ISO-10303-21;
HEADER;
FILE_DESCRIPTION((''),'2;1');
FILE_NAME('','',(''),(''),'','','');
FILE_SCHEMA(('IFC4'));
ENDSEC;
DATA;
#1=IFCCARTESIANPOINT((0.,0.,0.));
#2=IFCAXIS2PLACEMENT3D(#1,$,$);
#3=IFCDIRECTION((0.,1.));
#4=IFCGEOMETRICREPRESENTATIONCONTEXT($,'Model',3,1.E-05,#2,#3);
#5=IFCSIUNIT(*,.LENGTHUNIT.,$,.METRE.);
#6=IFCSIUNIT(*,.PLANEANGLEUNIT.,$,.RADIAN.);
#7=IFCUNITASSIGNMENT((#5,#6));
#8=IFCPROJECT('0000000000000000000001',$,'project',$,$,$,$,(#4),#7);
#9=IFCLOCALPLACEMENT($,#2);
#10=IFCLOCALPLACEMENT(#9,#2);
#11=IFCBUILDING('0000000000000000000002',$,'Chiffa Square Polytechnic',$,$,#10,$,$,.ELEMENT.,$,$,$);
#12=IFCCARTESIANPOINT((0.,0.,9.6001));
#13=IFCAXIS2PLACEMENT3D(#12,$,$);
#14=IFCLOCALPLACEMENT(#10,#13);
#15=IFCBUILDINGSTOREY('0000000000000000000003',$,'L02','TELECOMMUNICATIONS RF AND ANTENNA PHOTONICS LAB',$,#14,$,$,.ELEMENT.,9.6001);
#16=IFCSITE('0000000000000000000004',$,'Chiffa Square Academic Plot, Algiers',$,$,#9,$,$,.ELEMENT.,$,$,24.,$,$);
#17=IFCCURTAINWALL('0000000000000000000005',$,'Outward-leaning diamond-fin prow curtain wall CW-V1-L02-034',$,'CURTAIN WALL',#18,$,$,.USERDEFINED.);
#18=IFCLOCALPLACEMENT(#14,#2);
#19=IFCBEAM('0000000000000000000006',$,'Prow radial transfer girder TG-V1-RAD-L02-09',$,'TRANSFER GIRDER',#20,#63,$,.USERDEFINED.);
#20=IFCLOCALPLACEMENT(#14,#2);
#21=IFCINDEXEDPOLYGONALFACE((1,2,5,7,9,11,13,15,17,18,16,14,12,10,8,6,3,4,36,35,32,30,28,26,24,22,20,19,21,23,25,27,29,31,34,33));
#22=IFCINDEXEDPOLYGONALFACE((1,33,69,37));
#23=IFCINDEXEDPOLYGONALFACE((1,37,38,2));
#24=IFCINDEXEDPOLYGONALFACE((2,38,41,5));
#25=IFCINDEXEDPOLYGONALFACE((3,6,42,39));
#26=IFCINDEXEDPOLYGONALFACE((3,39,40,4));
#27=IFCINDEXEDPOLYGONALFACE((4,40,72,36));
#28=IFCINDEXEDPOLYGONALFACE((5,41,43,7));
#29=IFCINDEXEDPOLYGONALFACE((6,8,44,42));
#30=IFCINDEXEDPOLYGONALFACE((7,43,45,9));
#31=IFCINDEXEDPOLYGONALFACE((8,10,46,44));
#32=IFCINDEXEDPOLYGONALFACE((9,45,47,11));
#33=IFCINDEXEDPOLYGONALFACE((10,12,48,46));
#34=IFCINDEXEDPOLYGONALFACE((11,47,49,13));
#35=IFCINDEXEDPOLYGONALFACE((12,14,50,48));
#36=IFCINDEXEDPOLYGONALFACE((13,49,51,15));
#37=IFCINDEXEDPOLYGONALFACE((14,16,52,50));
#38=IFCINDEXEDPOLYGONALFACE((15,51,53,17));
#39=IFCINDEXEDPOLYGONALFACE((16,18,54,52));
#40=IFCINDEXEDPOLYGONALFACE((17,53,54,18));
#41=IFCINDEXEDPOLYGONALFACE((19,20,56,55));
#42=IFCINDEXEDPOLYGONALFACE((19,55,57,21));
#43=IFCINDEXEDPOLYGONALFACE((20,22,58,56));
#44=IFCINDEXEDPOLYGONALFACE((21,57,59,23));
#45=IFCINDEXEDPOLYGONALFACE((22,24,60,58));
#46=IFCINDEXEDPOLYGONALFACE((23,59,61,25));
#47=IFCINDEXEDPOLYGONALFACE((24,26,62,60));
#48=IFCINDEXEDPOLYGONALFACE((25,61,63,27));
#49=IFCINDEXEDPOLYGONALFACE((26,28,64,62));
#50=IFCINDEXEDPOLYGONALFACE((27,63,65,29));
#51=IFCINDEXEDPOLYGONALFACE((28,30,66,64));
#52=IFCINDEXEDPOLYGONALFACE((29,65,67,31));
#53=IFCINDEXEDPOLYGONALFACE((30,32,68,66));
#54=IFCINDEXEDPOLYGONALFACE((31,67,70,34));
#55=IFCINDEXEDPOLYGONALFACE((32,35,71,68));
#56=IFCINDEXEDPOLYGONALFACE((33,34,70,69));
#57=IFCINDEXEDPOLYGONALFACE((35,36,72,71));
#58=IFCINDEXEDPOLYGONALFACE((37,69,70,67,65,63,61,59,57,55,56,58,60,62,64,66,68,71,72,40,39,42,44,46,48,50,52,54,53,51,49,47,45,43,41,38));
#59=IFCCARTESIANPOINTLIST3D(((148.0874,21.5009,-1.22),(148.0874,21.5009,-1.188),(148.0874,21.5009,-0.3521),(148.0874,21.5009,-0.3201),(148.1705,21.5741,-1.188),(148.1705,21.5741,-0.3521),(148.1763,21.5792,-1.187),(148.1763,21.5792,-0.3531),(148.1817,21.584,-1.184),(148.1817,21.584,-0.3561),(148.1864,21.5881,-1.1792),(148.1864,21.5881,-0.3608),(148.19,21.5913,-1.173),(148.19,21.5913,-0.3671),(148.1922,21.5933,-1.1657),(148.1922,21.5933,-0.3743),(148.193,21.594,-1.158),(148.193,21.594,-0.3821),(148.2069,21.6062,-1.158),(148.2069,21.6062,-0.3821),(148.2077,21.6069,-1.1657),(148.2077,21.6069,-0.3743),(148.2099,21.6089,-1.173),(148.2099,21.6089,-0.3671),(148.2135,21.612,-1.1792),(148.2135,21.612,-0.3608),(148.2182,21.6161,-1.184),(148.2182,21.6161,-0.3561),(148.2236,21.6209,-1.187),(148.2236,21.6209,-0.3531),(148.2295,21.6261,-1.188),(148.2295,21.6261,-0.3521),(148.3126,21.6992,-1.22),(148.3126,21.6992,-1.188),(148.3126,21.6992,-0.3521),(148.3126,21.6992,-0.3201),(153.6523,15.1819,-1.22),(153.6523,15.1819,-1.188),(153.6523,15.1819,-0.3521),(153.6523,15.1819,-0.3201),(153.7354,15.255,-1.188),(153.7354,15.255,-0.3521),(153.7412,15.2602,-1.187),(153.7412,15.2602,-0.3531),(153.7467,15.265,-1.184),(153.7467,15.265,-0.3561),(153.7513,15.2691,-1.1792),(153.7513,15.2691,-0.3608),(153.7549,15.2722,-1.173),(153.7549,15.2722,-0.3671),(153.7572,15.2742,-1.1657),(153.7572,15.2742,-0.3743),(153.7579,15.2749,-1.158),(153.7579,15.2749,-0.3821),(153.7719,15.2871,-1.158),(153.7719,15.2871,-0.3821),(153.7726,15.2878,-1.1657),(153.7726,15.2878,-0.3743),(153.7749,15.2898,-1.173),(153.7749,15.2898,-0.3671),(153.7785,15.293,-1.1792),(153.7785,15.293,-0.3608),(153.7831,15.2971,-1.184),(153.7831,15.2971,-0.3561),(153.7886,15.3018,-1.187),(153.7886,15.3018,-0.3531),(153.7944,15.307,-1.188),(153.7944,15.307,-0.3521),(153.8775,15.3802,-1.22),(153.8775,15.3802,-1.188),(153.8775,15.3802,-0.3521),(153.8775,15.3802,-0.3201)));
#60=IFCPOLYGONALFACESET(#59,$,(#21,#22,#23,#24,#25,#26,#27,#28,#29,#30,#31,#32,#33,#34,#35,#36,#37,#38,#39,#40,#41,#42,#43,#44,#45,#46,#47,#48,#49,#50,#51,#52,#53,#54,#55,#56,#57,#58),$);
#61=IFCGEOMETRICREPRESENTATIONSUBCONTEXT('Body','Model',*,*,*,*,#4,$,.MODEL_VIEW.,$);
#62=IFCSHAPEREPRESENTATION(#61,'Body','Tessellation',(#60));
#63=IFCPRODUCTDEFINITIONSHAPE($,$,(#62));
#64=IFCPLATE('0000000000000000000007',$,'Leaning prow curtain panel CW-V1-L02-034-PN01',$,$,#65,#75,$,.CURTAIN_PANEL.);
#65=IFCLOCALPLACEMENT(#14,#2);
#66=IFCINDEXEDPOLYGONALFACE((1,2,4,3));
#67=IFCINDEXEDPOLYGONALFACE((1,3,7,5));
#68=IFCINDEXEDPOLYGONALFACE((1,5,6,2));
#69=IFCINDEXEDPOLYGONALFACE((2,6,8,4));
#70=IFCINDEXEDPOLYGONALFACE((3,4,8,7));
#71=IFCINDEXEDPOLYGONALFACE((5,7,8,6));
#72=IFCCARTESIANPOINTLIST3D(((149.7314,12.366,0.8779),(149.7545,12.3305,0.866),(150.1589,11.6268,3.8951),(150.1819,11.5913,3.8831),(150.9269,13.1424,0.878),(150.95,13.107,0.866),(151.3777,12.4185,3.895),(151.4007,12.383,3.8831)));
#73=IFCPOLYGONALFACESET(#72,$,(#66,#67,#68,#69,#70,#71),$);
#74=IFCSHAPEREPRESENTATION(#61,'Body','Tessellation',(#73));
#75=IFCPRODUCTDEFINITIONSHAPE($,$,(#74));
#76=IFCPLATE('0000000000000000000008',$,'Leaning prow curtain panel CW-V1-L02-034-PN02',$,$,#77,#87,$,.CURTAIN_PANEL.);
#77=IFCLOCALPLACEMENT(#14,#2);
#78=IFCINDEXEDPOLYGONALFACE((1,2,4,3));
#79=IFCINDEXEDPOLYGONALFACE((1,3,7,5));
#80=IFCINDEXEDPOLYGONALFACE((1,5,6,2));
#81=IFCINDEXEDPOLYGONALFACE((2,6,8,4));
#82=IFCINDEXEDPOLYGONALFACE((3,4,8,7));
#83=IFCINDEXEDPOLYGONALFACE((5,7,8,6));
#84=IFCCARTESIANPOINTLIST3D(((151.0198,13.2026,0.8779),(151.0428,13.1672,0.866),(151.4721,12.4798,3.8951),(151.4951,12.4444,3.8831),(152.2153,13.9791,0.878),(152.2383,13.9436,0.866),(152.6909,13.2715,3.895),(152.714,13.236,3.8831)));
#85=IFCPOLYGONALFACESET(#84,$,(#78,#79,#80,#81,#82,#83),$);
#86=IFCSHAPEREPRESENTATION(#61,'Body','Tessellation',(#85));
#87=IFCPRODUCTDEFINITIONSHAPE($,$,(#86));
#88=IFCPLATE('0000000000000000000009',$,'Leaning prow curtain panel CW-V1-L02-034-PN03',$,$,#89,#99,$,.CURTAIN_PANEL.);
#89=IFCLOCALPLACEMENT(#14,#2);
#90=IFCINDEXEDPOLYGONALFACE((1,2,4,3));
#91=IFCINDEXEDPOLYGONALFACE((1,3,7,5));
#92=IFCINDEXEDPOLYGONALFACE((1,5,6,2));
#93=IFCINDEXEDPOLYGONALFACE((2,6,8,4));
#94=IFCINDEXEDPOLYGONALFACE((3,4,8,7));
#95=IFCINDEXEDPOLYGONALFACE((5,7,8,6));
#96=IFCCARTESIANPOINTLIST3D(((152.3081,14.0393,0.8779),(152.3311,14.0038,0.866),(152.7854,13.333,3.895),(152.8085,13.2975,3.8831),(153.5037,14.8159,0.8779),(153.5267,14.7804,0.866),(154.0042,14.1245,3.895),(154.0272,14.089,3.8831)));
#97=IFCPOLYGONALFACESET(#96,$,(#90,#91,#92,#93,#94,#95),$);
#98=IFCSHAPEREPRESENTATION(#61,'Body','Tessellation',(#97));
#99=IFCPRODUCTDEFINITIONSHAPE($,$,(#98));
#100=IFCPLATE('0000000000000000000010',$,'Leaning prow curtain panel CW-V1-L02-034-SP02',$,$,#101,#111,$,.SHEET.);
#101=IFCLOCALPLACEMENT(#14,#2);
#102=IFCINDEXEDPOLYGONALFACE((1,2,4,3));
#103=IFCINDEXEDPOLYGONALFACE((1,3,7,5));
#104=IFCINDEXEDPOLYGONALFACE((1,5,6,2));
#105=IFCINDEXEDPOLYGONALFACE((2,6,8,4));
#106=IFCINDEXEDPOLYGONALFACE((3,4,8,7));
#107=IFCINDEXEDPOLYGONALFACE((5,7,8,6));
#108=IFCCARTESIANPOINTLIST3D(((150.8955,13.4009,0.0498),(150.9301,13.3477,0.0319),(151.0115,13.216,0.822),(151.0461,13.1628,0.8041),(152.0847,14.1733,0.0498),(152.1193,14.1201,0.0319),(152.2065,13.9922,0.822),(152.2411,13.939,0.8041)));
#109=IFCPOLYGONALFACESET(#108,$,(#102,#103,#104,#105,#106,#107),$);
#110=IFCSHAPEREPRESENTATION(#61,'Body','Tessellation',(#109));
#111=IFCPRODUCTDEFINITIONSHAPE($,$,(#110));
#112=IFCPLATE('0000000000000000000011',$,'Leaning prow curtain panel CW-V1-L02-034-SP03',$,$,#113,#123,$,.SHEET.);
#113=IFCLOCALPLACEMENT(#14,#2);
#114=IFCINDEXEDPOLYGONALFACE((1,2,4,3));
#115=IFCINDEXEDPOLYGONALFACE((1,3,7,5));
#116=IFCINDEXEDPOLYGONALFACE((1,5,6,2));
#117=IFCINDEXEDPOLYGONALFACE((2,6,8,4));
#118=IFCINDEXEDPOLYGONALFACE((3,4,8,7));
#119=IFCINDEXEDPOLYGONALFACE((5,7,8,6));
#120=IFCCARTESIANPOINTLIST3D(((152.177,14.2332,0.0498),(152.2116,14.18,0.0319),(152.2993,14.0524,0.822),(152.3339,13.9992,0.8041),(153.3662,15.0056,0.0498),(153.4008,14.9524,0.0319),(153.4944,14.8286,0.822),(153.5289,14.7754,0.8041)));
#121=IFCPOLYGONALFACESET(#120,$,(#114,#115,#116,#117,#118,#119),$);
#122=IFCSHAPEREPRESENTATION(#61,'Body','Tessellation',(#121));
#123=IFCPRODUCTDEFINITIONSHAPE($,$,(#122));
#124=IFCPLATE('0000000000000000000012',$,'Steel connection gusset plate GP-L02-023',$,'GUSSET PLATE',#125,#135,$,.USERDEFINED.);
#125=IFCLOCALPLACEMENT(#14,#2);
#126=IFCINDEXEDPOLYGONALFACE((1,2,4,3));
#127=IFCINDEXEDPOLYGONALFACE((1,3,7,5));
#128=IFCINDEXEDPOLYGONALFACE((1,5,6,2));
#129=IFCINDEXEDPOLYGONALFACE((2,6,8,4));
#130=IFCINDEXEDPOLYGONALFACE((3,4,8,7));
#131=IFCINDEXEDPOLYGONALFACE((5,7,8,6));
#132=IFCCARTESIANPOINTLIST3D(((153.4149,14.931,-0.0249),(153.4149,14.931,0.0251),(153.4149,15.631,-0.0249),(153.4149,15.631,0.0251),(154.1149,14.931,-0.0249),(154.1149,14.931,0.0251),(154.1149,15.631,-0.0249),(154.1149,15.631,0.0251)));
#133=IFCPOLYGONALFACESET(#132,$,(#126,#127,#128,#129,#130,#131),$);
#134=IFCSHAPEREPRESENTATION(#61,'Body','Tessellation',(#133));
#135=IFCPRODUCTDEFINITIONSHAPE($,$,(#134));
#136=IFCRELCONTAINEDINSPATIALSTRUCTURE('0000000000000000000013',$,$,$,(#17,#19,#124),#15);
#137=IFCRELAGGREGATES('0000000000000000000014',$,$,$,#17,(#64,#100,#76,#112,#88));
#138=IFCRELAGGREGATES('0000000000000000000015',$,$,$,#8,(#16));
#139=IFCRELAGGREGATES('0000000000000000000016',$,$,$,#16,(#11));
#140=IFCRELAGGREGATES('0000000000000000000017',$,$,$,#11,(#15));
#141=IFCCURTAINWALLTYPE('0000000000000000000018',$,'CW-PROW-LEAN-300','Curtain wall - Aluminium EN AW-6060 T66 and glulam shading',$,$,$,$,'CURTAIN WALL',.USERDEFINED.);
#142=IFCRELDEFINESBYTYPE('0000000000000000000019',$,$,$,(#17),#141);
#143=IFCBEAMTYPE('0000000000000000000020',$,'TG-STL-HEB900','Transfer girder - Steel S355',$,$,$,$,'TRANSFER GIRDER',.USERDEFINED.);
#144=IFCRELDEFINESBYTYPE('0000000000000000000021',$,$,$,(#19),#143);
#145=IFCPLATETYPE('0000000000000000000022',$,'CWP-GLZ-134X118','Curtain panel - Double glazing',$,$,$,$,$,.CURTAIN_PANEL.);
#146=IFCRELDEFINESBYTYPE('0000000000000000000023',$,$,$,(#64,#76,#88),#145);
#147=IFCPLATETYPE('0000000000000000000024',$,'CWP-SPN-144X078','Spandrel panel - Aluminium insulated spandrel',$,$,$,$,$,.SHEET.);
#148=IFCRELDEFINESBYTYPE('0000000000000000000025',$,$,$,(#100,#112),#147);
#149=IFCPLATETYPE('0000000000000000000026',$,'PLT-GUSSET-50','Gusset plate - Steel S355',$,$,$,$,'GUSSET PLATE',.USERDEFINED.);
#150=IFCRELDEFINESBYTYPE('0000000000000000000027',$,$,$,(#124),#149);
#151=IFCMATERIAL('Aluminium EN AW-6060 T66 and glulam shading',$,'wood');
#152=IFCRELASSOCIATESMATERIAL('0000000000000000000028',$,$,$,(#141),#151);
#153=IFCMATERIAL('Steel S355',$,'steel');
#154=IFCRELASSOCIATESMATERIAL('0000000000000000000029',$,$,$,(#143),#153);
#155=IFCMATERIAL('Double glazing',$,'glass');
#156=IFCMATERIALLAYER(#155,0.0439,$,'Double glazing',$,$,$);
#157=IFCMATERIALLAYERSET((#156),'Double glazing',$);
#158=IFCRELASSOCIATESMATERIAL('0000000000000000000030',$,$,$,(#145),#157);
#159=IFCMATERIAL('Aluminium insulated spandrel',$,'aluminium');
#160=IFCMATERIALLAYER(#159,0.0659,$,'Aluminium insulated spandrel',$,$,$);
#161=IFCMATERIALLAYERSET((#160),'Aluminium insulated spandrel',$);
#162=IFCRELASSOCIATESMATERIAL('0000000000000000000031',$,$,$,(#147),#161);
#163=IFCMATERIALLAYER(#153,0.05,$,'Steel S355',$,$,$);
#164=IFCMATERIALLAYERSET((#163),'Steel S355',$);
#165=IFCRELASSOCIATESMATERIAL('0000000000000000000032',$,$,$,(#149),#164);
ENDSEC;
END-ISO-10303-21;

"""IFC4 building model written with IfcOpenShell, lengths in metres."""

from ifc_helpers import new_model, si_unit, direction, frame, origin, origin_2d, place, context, subcontext, project, spatial, polyline, rectangle, i_section, outline, extrude, material, layer, layer_set, material_profile, profile_set, type_object, element, aggregate, save


model = new_model("IFC4")

# Units and contexts
model_context = context("Model", 3, precision=1e-05, world=origin(), true_north=direction((0.0, 1.0)))
body_context = subcontext(model_context, "Body", "Model", "MODEL_VIEW")
ifc_project = project(units=[si_unit("LENGTHUNIT", "METRE"), si_unit("PLANEANGLEUNIT", "RADIAN")], contexts=[model_context])

# Site, building, storey
site_placement = place(None, origin())
site = spatial("IfcSite", under=ifc_project, at=site_placement, Name="Chiffa Square Academic Plot, Algiers", CompositionType="ELEMENT", RefElevation=24.0)
building_placement = place(site_placement, origin())
building = spatial("IfcBuilding", under=site, at=building_placement, Name="Chiffa Square Polytechnic", CompositionType="ELEMENT")
storey_placement = place(building_placement, frame((0.0, 0.0, 9.6001)))
storey = spatial("IfcBuildingStorey", under=building, at=storey_placement, Name="L02", Description="TELECOMMUNICATIONS RF AND ANTENNA PHOTONICS LAB", CompositionType="ELEMENT", Elevation=9.6001)

# Curtain wall
ifc_material_1 = material(Name="Aluminium EN AW-6060 T66 and glulam shading", Category="wood")
curtain_wall_type_1 = type_object("IfcCurtainWallType", Name="CW-PROW-LEAN-300", Description="Curtain wall - Aluminium EN AW-6060 T66 and glulam shading", ElementType="CURTAIN WALL", PredefinedType="USERDEFINED", material=ifc_material_1)
curtain_wall_1_placement = place(storey_placement, origin())
curtain_wall_1 = element("IfcCurtainWall", 1, at=curtain_wall_1_placement, inside=storey, type_object=curtain_wall_type_1, Name="Outward-leaning diamond-fin prow curtain wall CW-V1-L02-034", ObjectType="CURTAIN WALL", PredefinedType="USERDEFINED")

# Beam
ifc_material_2 = material(Name="Steel S355", Category="steel")
ifc_material_profile_1 = material_profile(ifc_material_2, i_section(OverallWidth=0.3, OverallDepth=0.8999, WebThickness=0.0186, FlangeThickness=0.032, FilletRadius=0.03, at=origin_2d()), Name="HEB 900")
ifc_profile_set_1 = profile_set([ifc_material_profile_1], Name="Steel S355")
beam_type = type_object("IfcBeamType", Name="TG-STL-HEB900", Description="Transfer girder - Steel S355", ElementType="TRANSFER GIRDER", PredefinedType="USERDEFINED", material=ifc_profile_set_1)
beam_1_placement = place(storey_placement, frame((153.7649, 15.281, -0.77), z_axis=(-0.660905, 0.75047, 0.0), x_axis=(-0.75047, -0.660905, 0.0)))
element("IfcBeam", 2, at=beam_1_placement, inside=storey, type_object=beam_type, Name="Prow radial transfer girder TG-V1-RAD-L02-09", ObjectType="TRANSFER GIRDER", PredefinedType="USERDEFINED", context=body_context, shape_type="SweptSolid", body=[
    extrude(i_section(OverallWidth=0.3, OverallDepth=0.8999, WebThickness=0.0186, FlangeThickness=0.032, FilletRadius=0.03, at=origin_2d()), origin(), (0.0, 0.0, 1.0), 8.4202),
])

# Plates
ifc_material_3 = material(Name="Double glazing", Category="glass")
ifc_layer_1 = layer(ifc_material_3, 0.0439, Name="Double glazing")
ifc_layer_set_1 = layer_set([ifc_layer_1], Name="Double glazing")
plate_type_1 = type_object("IfcPlateType", Name="CWP-GLZ-134X118", Description="Curtain panel - Double glazing", PredefinedType="CURTAIN_PANEL", material=ifc_layer_set_1)
plate_1_placement = place(storey_placement, frame((149.7314, 12.366, 0.8779), z_axis=(-0.524168, 0.807021, 0.271966), x_axis=(0.838635, 0.544693, 0.000024)))
plate_1 = element("IfcPlate", 3, at=plate_1_placement, type_object=plate_type_1, Name="Leaning prow curtain panel CW-V1-L02-034-PN01", PredefinedType="CURTAIN_PANEL", context=body_context, shape_type="SweptSolid", body=[
    extrude(outline(polyline([(0.0, 0.0), (1.4255, 0.0), (1.4093, -3.1352), (-0.0441, -3.1353), (0.0, 0.0)])), origin(), (0.0, 0.0, -1.0), 0.0439),
])
plate_2_placement = place(storey_placement, frame((151.0198, 13.2026, 0.8779), z_axis=(-0.524175, 0.807032, 0.27192), x_axis=(0.838635, 0.544693, 0.000024)))
plate_2 = element("IfcPlate", 4, at=plate_2_placement, type_object=plate_type_1, Name="Leaning prow curtain panel CW-V1-L02-034-PN02", PredefinedType="CURTAIN_PANEL", context=body_context, shape_type="SweptSolid", body=[
    extrude(outline(polyline([(0.0, 0.0), (1.4255, 0.0), (1.4391, -3.1352), (-0.0143, -3.1353), (0.0, 0.0)])), origin(), (0.0, 0.0, -1.0), 0.0439),
])
plate_3_placement = place(storey_placement, frame((152.3081, 14.0393, 0.8779), z_axis=(-0.524182, 0.807042, 0.271875), x_axis=(0.838629, 0.544702, -0.000013)))
plate_3 = element("IfcPlate", 5, at=plate_3_placement, type_object=plate_type_1, Name="Leaning prow curtain panel CW-V1-L02-034-PN03", PredefinedType="CURTAIN_PANEL", context=body_context, shape_type="SweptSolid", body=[
    extrude(outline(polyline([(0.0, 0.0), (1.4257, 0.0), (1.4687, -3.1352), (0.0155, -3.1352), (0.0, 0.0)])), origin(), (0.0, 0.0, -1.0), 0.0439),
])
ifc_material_4 = material(Name="Aluminium insulated spandrel", Category="aluminium")
ifc_layer_2 = layer(ifc_material_4, 0.0659, Name="Aluminium insulated spandrel")
ifc_layer_set_2 = layer_set([ifc_layer_2], Name="Aluminium insulated spandrel")
plate_type_2 = type_object("IfcPlateType", Name="CWP-SPN-144X078", Description="Spandrel panel - Aluminium insulated spandrel", PredefinedType="SHEET", material=ifc_layer_set_2)
plate_4_placement = place(storey_placement, frame((150.8955, 13.4009, 0.0498), z_axis=(-0.524166, 0.807032, 0.271938), x_axis=(0.838634, 0.544695, -0.000011)))
plate_4 = element("IfcPlate", 6, at=plate_4_placement, type_object=plate_type_2, Name="Leaning prow curtain panel CW-V1-L02-034-SP02", PredefinedType="SHEET", context=body_context, shape_type="SweptSolid", body=[
    extrude(outline(polyline([(0.0, 0.0), (1.4181, 0.0), (1.4216, -0.8025), (-0.0034, -0.8024), (0.0, 0.0)])), origin(), (0.0, 0.0, -1.0), 0.0659),
])
plate_5_placement = place(storey_placement, frame((152.177, 14.2332, 0.0498), z_axis=(-0.52417, 0.807038, 0.271911), x_axis=(0.838634, 0.544695, -0.000011)))
plate_5 = element("IfcPlate", 7, at=plate_5_placement, type_object=plate_type_2, Name="Leaning prow curtain panel CW-V1-L02-034-SP03", PredefinedType="SHEET", context=body_context, shape_type="SweptSolid", body=[
    extrude(outline(polyline([(0.0, 0.0), (1.4181, 0.0), (1.4291, -0.8025), (0.0042, -0.8024), (0.0, 0.0)])), origin(), (0.0, 0.0, -1.0), 0.0659),
])
aggregate(curtain_wall_1, [plate_1, plate_4, plate_2, plate_5, plate_3])
ifc_layer_3 = layer(ifc_material_2, 0.05, Name="Steel S355")
ifc_layer_set_3 = layer_set([ifc_layer_3], Name="Steel S355")
plate_type_3 = type_object("IfcPlateType", Name="PLT-GUSSET-50", Description="Gusset plate - Steel S355", ElementType="GUSSET PLATE", PredefinedType="USERDEFINED", material=ifc_layer_set_3)
plate_6_placement = place(storey_placement, frame((153.7649, 15.281, -0.0249), z_axis=(0.0, 0.0, 1.0), x_axis=(1.0, 0.0, 0.0)))
element("IfcPlate", 8, at=plate_6_placement, inside=storey, type_object=plate_type_3, Name="Steel connection gusset plate GP-L02-023", ObjectType="GUSSET PLATE", PredefinedType="USERDEFINED", context=body_context, shape_type="SweptSolid", body=[
    extrude(rectangle(XDim=0.7, YDim=0.7, at=origin_2d()), origin(), (0.0, 0.0, 1.0), 0.05),
])

save(model, "model.ifc")
